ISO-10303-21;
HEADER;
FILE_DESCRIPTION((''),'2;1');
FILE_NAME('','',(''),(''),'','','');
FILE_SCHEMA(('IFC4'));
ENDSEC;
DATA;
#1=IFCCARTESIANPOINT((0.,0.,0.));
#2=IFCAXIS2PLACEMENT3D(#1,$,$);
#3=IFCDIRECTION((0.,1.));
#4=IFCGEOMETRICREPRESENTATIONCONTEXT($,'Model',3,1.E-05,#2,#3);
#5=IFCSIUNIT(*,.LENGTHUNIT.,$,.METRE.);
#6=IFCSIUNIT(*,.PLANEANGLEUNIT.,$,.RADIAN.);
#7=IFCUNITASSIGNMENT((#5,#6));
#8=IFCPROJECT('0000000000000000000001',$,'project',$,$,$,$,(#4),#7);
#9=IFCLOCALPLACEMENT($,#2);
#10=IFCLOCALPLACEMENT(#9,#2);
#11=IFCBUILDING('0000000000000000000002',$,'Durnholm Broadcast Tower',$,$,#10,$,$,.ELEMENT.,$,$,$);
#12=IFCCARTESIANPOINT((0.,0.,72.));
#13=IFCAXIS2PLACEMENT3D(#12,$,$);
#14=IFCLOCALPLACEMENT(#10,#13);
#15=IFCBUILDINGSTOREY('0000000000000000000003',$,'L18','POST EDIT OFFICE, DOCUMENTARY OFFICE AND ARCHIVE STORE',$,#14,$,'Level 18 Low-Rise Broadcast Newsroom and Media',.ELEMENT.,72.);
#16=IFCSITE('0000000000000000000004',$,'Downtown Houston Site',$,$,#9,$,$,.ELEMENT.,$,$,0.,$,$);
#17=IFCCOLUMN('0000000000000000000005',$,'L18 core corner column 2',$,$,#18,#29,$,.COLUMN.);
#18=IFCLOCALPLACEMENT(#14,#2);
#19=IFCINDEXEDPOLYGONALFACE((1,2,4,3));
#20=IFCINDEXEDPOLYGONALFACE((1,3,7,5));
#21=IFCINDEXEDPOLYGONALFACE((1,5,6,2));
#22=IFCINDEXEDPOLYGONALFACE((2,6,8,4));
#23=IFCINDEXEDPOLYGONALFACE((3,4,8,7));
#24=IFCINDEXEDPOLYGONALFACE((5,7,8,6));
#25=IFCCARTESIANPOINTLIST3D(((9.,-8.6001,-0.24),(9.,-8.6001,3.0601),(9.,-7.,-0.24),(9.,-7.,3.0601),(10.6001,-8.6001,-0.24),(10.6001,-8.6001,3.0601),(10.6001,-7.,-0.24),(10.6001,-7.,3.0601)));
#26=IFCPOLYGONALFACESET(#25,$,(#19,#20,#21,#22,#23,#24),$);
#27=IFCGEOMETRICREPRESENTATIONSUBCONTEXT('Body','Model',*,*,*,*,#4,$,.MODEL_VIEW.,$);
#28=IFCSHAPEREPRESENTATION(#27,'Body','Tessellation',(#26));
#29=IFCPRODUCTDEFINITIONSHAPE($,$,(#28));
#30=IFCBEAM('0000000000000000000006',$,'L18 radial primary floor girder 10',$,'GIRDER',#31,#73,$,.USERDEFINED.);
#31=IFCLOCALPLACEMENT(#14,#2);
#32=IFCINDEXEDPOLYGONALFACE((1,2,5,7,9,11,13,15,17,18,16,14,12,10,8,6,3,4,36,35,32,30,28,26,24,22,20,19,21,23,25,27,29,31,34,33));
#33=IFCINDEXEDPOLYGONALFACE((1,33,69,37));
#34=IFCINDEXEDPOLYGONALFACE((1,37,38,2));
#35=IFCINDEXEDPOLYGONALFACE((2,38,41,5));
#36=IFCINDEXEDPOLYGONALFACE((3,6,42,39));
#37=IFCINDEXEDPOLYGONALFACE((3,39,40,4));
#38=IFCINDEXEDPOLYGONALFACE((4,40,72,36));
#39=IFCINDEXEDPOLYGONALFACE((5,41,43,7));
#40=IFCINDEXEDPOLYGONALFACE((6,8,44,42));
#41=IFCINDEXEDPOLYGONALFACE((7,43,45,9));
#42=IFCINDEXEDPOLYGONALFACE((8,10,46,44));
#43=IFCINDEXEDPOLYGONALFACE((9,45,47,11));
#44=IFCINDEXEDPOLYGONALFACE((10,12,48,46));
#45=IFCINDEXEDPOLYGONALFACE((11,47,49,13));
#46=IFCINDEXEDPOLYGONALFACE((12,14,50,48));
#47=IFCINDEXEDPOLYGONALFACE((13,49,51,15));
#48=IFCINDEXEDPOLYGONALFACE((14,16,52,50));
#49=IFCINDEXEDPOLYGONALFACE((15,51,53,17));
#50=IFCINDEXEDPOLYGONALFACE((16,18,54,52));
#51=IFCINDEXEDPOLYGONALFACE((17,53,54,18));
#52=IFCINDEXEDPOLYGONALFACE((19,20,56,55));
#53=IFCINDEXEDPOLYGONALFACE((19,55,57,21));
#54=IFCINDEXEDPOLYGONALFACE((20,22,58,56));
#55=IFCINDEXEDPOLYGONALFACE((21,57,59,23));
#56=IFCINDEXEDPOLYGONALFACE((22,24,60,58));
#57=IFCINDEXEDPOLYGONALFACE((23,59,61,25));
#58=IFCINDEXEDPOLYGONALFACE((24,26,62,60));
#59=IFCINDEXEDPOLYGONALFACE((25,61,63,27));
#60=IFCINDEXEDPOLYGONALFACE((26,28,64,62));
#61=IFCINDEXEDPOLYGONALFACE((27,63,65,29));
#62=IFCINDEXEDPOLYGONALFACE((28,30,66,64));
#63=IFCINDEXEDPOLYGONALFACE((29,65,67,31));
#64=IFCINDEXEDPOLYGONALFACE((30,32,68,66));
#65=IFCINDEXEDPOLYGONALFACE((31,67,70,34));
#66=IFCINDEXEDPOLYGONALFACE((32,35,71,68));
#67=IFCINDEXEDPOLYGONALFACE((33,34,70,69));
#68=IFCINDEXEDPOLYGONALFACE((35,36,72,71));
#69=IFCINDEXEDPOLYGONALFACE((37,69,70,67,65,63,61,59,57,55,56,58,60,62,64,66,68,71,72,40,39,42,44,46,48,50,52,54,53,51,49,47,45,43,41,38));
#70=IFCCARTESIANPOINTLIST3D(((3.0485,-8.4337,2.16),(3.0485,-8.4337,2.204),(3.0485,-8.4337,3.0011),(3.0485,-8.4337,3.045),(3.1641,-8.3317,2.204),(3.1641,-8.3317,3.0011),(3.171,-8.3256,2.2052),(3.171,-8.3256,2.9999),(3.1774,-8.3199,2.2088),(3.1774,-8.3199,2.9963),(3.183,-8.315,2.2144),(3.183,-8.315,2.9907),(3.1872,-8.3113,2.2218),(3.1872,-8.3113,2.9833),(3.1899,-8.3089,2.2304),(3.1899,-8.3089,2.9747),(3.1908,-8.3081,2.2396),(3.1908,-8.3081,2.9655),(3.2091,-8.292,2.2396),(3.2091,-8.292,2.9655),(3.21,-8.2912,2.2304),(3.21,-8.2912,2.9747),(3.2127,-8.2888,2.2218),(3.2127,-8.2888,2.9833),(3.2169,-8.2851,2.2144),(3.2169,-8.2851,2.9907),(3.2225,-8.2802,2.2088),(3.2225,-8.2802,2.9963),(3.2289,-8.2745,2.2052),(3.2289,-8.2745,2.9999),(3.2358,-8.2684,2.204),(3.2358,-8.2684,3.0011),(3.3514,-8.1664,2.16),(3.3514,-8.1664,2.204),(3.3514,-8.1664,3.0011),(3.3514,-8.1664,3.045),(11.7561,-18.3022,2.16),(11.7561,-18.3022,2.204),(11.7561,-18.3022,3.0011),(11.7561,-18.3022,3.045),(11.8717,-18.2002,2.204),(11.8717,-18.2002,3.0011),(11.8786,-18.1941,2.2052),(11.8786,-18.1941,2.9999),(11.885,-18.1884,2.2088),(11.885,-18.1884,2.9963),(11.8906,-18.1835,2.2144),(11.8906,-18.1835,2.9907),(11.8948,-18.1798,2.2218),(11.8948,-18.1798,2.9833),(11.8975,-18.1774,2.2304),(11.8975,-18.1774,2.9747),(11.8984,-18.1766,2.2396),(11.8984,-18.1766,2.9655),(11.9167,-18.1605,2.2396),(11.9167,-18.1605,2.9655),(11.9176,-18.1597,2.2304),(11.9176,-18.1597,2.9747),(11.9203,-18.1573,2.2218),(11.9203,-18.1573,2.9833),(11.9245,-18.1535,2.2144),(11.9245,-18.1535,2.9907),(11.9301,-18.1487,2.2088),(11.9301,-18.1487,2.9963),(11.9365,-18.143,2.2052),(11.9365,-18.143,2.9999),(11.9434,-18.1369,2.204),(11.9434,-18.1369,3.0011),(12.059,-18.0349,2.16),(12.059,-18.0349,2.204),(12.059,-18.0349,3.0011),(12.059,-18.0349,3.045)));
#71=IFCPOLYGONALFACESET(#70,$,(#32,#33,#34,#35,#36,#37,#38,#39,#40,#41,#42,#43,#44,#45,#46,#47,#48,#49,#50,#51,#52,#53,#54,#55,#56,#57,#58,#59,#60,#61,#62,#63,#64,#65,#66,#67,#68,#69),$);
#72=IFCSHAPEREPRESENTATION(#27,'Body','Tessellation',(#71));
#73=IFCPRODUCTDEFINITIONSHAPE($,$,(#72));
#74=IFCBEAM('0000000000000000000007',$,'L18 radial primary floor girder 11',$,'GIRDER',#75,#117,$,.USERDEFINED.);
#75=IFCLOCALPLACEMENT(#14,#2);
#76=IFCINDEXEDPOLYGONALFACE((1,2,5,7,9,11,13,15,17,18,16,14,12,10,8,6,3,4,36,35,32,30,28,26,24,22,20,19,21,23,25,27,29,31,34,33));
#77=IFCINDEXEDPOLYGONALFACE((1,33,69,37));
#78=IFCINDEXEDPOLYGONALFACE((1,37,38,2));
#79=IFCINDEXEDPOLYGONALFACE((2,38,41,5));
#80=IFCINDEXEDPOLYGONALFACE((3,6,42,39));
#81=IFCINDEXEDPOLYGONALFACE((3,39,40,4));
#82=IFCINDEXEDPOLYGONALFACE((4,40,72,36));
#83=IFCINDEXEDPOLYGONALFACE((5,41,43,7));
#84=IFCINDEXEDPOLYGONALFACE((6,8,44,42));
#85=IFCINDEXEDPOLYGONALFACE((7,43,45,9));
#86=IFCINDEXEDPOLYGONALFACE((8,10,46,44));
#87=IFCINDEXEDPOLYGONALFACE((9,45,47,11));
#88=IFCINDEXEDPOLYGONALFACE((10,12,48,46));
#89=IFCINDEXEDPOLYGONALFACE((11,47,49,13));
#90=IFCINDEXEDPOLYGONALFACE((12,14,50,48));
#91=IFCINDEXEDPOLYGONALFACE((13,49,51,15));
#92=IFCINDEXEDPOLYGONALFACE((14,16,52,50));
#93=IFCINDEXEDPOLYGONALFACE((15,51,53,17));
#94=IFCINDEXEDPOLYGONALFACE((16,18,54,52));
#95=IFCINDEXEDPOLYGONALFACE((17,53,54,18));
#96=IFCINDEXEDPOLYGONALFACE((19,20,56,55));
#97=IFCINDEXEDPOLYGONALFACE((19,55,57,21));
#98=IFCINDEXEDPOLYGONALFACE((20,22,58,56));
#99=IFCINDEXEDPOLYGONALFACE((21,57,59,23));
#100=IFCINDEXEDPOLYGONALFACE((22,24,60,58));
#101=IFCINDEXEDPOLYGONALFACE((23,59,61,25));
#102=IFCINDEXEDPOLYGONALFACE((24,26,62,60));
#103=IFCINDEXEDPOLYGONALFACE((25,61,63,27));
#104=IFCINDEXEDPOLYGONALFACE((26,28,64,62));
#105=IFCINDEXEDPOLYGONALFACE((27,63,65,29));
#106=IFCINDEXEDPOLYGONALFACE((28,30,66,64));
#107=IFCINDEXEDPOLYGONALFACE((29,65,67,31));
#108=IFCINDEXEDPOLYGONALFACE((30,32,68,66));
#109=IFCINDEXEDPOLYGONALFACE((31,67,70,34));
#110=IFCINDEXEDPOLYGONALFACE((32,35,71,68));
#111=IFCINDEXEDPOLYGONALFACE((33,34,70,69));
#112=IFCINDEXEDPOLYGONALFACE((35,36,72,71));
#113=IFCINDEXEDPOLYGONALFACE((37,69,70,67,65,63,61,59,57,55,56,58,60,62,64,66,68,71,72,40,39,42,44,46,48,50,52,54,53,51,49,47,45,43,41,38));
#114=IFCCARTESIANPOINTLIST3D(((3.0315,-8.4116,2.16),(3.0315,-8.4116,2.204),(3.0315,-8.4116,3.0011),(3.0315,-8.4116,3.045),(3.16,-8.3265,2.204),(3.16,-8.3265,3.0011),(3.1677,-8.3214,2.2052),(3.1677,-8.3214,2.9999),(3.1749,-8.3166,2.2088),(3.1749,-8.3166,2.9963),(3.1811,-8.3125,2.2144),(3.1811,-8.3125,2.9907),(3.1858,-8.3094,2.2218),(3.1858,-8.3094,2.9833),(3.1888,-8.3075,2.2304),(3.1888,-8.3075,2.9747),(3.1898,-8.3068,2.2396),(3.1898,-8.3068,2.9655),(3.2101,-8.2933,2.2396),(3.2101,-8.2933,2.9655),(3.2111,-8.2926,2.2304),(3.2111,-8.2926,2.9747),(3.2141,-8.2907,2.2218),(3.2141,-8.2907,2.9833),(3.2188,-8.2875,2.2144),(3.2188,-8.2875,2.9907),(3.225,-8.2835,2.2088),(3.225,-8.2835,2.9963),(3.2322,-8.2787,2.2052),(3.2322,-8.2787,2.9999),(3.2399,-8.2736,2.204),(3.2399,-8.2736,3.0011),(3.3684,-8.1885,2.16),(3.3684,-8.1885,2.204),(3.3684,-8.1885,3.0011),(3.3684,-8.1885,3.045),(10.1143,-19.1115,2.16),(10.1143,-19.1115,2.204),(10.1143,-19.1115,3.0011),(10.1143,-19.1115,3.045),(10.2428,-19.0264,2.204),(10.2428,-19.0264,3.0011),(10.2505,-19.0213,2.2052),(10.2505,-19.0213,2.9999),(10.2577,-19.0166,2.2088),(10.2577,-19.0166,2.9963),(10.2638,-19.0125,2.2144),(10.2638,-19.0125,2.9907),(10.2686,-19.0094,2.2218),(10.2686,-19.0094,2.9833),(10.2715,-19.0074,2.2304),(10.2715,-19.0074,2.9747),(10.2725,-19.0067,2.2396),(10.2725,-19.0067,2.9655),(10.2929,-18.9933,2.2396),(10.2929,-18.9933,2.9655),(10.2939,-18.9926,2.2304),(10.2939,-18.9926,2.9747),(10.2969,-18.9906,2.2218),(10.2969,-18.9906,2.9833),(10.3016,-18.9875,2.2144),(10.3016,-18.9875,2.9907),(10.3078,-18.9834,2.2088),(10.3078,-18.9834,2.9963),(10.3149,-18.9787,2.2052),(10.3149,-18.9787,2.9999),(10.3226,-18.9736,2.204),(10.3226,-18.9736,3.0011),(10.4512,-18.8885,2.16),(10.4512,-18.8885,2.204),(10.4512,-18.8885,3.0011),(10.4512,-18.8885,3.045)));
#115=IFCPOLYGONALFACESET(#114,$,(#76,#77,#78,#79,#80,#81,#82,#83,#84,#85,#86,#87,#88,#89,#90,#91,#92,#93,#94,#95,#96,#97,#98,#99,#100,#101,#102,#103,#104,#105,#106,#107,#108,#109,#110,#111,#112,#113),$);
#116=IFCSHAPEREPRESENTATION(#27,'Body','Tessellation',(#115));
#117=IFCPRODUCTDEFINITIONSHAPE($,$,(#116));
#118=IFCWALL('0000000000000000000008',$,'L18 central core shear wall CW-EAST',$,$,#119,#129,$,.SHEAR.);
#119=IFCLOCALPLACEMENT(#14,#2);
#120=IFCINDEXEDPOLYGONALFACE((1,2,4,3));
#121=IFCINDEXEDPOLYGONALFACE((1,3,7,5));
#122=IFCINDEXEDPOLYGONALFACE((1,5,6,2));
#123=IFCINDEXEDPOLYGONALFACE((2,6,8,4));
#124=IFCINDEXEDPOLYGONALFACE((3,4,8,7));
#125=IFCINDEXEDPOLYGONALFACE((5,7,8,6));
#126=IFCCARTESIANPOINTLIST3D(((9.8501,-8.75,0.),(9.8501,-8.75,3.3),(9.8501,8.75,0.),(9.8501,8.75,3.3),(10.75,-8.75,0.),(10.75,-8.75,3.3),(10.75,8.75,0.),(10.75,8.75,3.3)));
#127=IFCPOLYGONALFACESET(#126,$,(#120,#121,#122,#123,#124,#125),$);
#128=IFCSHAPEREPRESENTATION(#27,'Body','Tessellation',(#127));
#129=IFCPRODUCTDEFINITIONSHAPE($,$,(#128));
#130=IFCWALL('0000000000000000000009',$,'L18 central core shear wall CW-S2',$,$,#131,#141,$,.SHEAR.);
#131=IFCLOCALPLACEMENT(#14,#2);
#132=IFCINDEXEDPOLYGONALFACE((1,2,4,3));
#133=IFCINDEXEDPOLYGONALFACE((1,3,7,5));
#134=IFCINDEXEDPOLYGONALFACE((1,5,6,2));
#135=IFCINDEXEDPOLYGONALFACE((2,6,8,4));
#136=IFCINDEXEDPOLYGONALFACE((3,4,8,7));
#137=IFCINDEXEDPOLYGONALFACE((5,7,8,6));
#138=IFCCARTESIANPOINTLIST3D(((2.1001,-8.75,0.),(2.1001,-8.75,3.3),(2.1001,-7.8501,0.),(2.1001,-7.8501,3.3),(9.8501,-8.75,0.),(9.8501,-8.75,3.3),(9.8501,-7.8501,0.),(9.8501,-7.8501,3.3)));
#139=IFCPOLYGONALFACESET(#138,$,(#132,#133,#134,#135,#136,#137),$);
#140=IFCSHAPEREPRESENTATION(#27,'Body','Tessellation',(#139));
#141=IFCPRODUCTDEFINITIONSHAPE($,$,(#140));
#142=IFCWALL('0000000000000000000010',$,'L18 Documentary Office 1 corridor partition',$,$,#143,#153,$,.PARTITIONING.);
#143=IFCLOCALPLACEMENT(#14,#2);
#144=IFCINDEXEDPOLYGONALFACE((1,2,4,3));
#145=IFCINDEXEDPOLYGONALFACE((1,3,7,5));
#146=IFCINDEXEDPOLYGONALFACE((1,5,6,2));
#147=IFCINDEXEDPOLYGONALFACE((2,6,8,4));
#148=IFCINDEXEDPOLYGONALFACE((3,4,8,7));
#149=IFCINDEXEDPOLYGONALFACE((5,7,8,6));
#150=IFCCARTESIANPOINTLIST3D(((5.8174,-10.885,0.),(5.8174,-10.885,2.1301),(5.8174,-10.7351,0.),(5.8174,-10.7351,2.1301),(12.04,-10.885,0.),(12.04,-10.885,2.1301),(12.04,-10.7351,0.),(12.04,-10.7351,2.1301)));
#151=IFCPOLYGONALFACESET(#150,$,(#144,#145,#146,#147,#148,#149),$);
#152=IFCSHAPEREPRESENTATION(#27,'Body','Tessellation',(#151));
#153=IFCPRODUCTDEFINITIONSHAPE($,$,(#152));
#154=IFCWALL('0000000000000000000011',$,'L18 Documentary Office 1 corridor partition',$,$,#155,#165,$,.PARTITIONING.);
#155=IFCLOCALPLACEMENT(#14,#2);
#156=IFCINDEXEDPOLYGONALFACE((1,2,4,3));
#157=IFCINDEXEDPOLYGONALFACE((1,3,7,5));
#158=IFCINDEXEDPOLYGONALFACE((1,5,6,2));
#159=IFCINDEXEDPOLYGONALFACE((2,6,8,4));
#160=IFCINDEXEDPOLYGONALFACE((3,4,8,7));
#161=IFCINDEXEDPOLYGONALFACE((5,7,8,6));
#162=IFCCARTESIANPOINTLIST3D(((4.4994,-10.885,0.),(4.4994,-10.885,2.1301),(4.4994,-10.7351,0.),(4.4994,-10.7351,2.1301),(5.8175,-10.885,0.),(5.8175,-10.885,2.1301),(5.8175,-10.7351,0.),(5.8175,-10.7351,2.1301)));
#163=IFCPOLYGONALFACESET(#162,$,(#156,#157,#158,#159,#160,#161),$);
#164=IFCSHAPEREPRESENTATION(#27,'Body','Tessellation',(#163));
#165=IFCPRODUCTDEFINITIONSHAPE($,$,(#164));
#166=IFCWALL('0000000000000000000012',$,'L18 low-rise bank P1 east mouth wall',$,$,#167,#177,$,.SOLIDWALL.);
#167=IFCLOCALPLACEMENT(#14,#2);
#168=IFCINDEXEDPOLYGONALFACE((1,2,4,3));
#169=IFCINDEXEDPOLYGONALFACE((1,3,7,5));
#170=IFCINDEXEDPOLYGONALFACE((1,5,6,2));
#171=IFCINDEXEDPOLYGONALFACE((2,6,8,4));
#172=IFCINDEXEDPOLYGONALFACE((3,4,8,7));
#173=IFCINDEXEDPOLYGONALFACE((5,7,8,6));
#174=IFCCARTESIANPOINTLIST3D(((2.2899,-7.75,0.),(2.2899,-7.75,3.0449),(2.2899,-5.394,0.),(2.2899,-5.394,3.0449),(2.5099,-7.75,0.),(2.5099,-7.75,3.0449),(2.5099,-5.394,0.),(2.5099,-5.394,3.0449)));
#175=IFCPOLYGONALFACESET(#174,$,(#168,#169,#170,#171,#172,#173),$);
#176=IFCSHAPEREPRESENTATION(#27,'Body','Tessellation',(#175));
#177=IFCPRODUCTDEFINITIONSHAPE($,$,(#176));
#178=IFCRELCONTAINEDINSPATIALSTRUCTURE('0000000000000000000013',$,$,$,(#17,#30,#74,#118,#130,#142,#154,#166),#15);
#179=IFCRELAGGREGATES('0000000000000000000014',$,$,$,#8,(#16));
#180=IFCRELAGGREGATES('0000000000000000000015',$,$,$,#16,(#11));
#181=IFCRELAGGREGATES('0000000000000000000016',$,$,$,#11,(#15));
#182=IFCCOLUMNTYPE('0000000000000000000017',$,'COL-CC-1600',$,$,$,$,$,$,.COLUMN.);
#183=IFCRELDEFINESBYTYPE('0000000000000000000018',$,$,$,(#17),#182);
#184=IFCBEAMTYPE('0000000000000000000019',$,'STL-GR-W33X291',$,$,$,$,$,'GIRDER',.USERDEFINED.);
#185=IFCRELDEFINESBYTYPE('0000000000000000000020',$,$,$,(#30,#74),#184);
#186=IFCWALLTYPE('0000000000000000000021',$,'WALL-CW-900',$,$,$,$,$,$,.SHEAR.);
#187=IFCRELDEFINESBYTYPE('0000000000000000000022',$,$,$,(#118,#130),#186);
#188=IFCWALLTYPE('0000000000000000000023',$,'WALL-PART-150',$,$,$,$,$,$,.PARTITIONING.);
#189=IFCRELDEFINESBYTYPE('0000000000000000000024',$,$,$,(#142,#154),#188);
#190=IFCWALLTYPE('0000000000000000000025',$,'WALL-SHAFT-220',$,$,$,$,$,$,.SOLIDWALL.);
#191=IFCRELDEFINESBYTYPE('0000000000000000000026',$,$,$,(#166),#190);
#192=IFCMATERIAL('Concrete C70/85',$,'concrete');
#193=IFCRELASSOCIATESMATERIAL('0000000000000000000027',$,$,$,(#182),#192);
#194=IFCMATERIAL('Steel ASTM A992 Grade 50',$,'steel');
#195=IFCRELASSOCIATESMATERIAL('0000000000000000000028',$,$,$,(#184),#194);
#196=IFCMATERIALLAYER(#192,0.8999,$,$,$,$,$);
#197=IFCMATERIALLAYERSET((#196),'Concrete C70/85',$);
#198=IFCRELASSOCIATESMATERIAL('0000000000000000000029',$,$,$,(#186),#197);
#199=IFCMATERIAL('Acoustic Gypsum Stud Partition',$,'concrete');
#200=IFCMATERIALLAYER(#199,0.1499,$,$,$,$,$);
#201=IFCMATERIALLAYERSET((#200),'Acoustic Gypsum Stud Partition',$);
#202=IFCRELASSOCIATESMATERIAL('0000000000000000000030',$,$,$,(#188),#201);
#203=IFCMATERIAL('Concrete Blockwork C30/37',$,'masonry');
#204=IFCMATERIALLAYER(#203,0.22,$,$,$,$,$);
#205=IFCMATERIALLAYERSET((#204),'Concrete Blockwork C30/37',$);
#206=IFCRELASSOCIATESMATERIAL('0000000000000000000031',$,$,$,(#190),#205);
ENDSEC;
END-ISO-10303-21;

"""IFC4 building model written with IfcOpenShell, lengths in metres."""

from ifc_helpers import new_model, si_unit, direction, frame, frame_2d, origin, origin_2d, place, context, subcontext, project, spatial, rectangle, i_section, extrude, source, transform, mapped, material, layer, layer_set, material_profile, profile_set, type_object, type_shapes, element, save


model = new_model("IFC4")

# Units and contexts
model_context = context("Model", 3, precision=1e-05, world=origin(), true_north=direction((0.0, 1.0)))
body_context = subcontext(model_context, "Body", "Model", "MODEL_VIEW")
ifc_project = project(units=[si_unit("LENGTHUNIT", "METRE"), si_unit("PLANEANGLEUNIT", "RADIAN")], contexts=[model_context])

# Site, building, storey
site_placement = place(None, origin())
site = spatial("IfcSite", under=ifc_project, at=site_placement, Name="Downtown Houston Site", CompositionType="ELEMENT", RefElevation=0.0)
building_placement = place(site_placement, origin())
building = spatial("IfcBuilding", under=site, at=building_placement, Name="Durnholm Broadcast Tower", CompositionType="ELEMENT")
storey_placement = place(building_placement, frame((0.0, 0.0, 72.0)))
storey = spatial("IfcBuildingStorey", under=building, at=storey_placement, Name="L18", Description="POST EDIT OFFICE, DOCUMENTARY OFFICE AND ARCHIVE STORE", LongName="Level 18 Low-Rise Broadcast Newsroom and Media", CompositionType="ELEMENT", Elevation=72.0)

# Column
ifc_material_1 = material(Name="Concrete C70/85", Category="concrete")
ifc_material_profile_1 = material_profile(ifc_material_1, rectangle(XDim=1.6001, YDim=1.6001, at=origin_2d()), Name="RC1600X1600")
ifc_profile_set_1 = profile_set([ifc_material_profile_1], Name="Concrete C70/85")
column_type = type_object("IfcColumnType", Name="COL-CC-1600", PredefinedType="COLUMN", material=ifc_profile_set_1)
shared_shape_1 = source(origin(), body_context, "Body", "SweptSolid", [
    extrude(rectangle(XDim=1.6001, YDim=1.6001, at=origin_2d()), origin(), (0.0, 0.0, 1.0), 3.3),
])
type_shapes(column_type, [shared_shape_1])
column_placement = place(storey_placement, frame((9.8, -7.8, -0.24), z_axis=(0.0, 0.0, 1.0), x_axis=(1.0, 0.0, 0.0)))
element("IfcColumn", 1, at=column_placement, inside=storey, type_object=column_type, Name="L18 core corner column 2", PredefinedType="COLUMN", context=body_context, shape_type="MappedRepresentation", body=[
    mapped(shared_shape_1, transform((0.0, 0.0, 0.0), x_axis=(1.0, 0.0, 0.0), y_axis=(0.0, 1.0, 0.0), z_axis=(0.0, 0.0, 1.0), scale=1.0)),
])

# Beams
ifc_material_2 = material(Name="Steel ASTM A992 Grade 50", Category="steel")
ifc_material_profile_2 = material_profile(ifc_material_2, i_section(OverallWidth=0.4041, OverallDepth=0.885, WebThickness=0.0244, FlangeThickness=0.0439, FilletRadius=0.0356, at=origin_2d()), Name="W33X291")
ifc_profile_set_2 = profile_set([ifc_material_profile_2], Name="Steel ASTM A992 Grade 50")
beam_type = type_object("IfcBeamType", Name="STL-GR-W33X291", ElementType="GIRDER", PredefinedType="USERDEFINED", material=ifc_profile_set_2)
shared_shape_2 = source(origin(), body_context, "Body", "SweptSolid", [
    extrude(i_section(OverallWidth=0.4041, OverallDepth=0.885, WebThickness=0.0244, FlangeThickness=0.0439, FilletRadius=0.0356, at=origin_2d()), origin(), (0.0, 0.0, 1.0), 13.1609),
])
beam_1_placement = place(storey_placement, frame((3.2, -8.3, 2.6025), z_axis=(0.661626, -0.749834, 0.0), x_axis=(0.749834, 0.661626, 0.0)))
element("IfcBeam", 2, at=beam_1_placement, inside=storey, type_object=beam_type, Name="L18 radial primary floor girder 10", ObjectType="GIRDER", PredefinedType="USERDEFINED", context=body_context, shape_type="MappedRepresentation", body=[
    mapped(shared_shape_2, transform((0.0, 0.0, 0.0), x_axis=(1.0, 0.0, 0.0), y_axis=(0.0, 1.0, 0.0), z_axis=(0.0, 0.0, 1.0), scale=1.0)),
])
shared_shape_3 = source(origin(), body_context, "Body", "SweptSolid", [
    extrude(i_section(OverallWidth=0.4041, OverallDepth=0.885, WebThickness=0.0244, FlangeThickness=0.0439, FilletRadius=0.0356, at=origin_2d()), origin(), (0.0, 0.0, 1.0), 12.8318),
])
type_shapes(beam_type, [shared_shape_2, shared_shape_3])
beam_2_placement = place(storey_placement, frame((3.2, -8.3, 2.6025), z_axis=(0.551971, -0.833864, 0.0), x_axis=(0.833864, 0.551971, 0.0)))
element("IfcBeam", 3, at=beam_2_placement, inside=storey, type_object=beam_type, Name="L18 radial primary floor girder 11", ObjectType="GIRDER", PredefinedType="USERDEFINED", context=body_context, shape_type="MappedRepresentation", body=[
    mapped(shared_shape_3, transform((0.0, 0.0, 0.0), x_axis=(1.0, 0.0, 0.0), y_axis=(0.0, 1.0, 0.0), z_axis=(0.0, 0.0, 1.0), scale=1.0)),
])

# Walls
ifc_layer_1 = layer(ifc_material_1, 0.8999)
ifc_layer_set_1 = layer_set([ifc_layer_1], Name="Concrete C70/85")
wall_type_1 = type_object("IfcWallType", Name="WALL-CW-900", PredefinedType="SHEAR", material=ifc_layer_set_1)
wall_1_placement = place(storey_placement, frame((10.3, -8.75, 0.0), z_axis=(0.0, 0.0, 1.0), x_axis=(0.0, 1.0, 0.0)))
element("IfcWall", 4, at=wall_1_placement, inside=storey, type_object=wall_type_1, Name="L18 central core shear wall CW-EAST", PredefinedType="SHEAR", context=body_context, shape_type="SweptSolid", body=[
    extrude(rectangle(XDim=17.5, YDim=0.8999, at=frame_2d((8.75, 0.0))), origin(), (0.0, 0.0, 1.0), 3.3),
])
wall_2_placement = place(storey_placement, frame((2.1001, -8.3, 0.0), z_axis=(0.0, 0.0, 1.0), x_axis=(1.0, 0.0, 0.0)))
element("IfcWall", 5, at=wall_2_placement, inside=storey, type_object=wall_type_1, Name="L18 central core shear wall CW-S2", PredefinedType="SHEAR", context=body_context, shape_type="SweptSolid", body=[
    extrude(rectangle(XDim=7.75, YDim=0.8999, at=frame_2d((3.875, 0.0))), origin(), (0.0, 0.0, 1.0), 3.3),
])
ifc_material_3 = material(Name="Acoustic Gypsum Stud Partition", Category="concrete")
ifc_layer_2 = layer(ifc_material_3, 0.1499)
ifc_layer_set_2 = layer_set([ifc_layer_2], Name="Acoustic Gypsum Stud Partition")
wall_type_2 = type_object("IfcWallType", Name="WALL-PART-150", PredefinedType="PARTITIONING", material=ifc_layer_set_2)
wall_3_placement = place(storey_placement, frame((5.8174, -10.8101, 0.0), z_axis=(0.0, 0.0, 1.0), x_axis=(1.0, 0.0, 0.0)))
element("IfcWall", 6, at=wall_3_placement, inside=storey, type_object=wall_type_2, Name="L18 Documentary Office 1 corridor partition", PredefinedType="PARTITIONING", context=body_context, shape_type="SweptSolid", body=[
    extrude(rectangle(XDim=6.2227, YDim=0.1499, at=frame_2d((3.1113, 0.0))), origin(), (0.0, 0.0, 1.0), 2.1301),
])
wall_4_placement = place(storey_placement, frame((4.4993, -10.8101, 0.0), z_axis=(0.0, 0.0, 1.0), x_axis=(1.0, 0.0, 0.0)))
element("IfcWall", 7, at=wall_4_placement, inside=storey, type_object=wall_type_2, Name="L18 Documentary Office 1 corridor partition", PredefinedType="PARTITIONING", context=body_context, shape_type="SweptSolid", body=[
    extrude(rectangle(XDim=1.3181, YDim=0.1499, at=frame_2d((0.6592, 0.0))), origin(), (0.0, 0.0, 1.0), 2.1301),
])

# Shared definitions
ifc_material_4 = material(Name="Concrete Blockwork C30/37", Category="masonry")
ifc_layer_3 = layer(ifc_material_4, 0.22)
ifc_layer_set_3 = layer_set([ifc_layer_3], Name="Concrete Blockwork C30/37")
wall_type_3 = type_object("IfcWallType", Name="WALL-SHAFT-220", PredefinedType="SOLIDWALL", material=ifc_layer_set_3)

# Wall
wall_5_placement = place(storey_placement, frame((2.3999, -7.75, 0.0), z_axis=(0.0, 0.0, 1.0), x_axis=(0.0, 1.0, 0.0)))
element("IfcWall", 8, at=wall_5_placement, inside=storey, type_object=wall_type_3, Name="L18 low-rise bank P1 east mouth wall", PredefinedType="SOLIDWALL", context=body_context, shape_type="SweptSolid", body=[
    extrude(rectangle(XDim=2.356, YDim=0.22, at=frame_2d((1.178, 0.0))), origin(), (0.0, 0.0, 1.0), 3.0449),
])

save(model, "model.ifc")
